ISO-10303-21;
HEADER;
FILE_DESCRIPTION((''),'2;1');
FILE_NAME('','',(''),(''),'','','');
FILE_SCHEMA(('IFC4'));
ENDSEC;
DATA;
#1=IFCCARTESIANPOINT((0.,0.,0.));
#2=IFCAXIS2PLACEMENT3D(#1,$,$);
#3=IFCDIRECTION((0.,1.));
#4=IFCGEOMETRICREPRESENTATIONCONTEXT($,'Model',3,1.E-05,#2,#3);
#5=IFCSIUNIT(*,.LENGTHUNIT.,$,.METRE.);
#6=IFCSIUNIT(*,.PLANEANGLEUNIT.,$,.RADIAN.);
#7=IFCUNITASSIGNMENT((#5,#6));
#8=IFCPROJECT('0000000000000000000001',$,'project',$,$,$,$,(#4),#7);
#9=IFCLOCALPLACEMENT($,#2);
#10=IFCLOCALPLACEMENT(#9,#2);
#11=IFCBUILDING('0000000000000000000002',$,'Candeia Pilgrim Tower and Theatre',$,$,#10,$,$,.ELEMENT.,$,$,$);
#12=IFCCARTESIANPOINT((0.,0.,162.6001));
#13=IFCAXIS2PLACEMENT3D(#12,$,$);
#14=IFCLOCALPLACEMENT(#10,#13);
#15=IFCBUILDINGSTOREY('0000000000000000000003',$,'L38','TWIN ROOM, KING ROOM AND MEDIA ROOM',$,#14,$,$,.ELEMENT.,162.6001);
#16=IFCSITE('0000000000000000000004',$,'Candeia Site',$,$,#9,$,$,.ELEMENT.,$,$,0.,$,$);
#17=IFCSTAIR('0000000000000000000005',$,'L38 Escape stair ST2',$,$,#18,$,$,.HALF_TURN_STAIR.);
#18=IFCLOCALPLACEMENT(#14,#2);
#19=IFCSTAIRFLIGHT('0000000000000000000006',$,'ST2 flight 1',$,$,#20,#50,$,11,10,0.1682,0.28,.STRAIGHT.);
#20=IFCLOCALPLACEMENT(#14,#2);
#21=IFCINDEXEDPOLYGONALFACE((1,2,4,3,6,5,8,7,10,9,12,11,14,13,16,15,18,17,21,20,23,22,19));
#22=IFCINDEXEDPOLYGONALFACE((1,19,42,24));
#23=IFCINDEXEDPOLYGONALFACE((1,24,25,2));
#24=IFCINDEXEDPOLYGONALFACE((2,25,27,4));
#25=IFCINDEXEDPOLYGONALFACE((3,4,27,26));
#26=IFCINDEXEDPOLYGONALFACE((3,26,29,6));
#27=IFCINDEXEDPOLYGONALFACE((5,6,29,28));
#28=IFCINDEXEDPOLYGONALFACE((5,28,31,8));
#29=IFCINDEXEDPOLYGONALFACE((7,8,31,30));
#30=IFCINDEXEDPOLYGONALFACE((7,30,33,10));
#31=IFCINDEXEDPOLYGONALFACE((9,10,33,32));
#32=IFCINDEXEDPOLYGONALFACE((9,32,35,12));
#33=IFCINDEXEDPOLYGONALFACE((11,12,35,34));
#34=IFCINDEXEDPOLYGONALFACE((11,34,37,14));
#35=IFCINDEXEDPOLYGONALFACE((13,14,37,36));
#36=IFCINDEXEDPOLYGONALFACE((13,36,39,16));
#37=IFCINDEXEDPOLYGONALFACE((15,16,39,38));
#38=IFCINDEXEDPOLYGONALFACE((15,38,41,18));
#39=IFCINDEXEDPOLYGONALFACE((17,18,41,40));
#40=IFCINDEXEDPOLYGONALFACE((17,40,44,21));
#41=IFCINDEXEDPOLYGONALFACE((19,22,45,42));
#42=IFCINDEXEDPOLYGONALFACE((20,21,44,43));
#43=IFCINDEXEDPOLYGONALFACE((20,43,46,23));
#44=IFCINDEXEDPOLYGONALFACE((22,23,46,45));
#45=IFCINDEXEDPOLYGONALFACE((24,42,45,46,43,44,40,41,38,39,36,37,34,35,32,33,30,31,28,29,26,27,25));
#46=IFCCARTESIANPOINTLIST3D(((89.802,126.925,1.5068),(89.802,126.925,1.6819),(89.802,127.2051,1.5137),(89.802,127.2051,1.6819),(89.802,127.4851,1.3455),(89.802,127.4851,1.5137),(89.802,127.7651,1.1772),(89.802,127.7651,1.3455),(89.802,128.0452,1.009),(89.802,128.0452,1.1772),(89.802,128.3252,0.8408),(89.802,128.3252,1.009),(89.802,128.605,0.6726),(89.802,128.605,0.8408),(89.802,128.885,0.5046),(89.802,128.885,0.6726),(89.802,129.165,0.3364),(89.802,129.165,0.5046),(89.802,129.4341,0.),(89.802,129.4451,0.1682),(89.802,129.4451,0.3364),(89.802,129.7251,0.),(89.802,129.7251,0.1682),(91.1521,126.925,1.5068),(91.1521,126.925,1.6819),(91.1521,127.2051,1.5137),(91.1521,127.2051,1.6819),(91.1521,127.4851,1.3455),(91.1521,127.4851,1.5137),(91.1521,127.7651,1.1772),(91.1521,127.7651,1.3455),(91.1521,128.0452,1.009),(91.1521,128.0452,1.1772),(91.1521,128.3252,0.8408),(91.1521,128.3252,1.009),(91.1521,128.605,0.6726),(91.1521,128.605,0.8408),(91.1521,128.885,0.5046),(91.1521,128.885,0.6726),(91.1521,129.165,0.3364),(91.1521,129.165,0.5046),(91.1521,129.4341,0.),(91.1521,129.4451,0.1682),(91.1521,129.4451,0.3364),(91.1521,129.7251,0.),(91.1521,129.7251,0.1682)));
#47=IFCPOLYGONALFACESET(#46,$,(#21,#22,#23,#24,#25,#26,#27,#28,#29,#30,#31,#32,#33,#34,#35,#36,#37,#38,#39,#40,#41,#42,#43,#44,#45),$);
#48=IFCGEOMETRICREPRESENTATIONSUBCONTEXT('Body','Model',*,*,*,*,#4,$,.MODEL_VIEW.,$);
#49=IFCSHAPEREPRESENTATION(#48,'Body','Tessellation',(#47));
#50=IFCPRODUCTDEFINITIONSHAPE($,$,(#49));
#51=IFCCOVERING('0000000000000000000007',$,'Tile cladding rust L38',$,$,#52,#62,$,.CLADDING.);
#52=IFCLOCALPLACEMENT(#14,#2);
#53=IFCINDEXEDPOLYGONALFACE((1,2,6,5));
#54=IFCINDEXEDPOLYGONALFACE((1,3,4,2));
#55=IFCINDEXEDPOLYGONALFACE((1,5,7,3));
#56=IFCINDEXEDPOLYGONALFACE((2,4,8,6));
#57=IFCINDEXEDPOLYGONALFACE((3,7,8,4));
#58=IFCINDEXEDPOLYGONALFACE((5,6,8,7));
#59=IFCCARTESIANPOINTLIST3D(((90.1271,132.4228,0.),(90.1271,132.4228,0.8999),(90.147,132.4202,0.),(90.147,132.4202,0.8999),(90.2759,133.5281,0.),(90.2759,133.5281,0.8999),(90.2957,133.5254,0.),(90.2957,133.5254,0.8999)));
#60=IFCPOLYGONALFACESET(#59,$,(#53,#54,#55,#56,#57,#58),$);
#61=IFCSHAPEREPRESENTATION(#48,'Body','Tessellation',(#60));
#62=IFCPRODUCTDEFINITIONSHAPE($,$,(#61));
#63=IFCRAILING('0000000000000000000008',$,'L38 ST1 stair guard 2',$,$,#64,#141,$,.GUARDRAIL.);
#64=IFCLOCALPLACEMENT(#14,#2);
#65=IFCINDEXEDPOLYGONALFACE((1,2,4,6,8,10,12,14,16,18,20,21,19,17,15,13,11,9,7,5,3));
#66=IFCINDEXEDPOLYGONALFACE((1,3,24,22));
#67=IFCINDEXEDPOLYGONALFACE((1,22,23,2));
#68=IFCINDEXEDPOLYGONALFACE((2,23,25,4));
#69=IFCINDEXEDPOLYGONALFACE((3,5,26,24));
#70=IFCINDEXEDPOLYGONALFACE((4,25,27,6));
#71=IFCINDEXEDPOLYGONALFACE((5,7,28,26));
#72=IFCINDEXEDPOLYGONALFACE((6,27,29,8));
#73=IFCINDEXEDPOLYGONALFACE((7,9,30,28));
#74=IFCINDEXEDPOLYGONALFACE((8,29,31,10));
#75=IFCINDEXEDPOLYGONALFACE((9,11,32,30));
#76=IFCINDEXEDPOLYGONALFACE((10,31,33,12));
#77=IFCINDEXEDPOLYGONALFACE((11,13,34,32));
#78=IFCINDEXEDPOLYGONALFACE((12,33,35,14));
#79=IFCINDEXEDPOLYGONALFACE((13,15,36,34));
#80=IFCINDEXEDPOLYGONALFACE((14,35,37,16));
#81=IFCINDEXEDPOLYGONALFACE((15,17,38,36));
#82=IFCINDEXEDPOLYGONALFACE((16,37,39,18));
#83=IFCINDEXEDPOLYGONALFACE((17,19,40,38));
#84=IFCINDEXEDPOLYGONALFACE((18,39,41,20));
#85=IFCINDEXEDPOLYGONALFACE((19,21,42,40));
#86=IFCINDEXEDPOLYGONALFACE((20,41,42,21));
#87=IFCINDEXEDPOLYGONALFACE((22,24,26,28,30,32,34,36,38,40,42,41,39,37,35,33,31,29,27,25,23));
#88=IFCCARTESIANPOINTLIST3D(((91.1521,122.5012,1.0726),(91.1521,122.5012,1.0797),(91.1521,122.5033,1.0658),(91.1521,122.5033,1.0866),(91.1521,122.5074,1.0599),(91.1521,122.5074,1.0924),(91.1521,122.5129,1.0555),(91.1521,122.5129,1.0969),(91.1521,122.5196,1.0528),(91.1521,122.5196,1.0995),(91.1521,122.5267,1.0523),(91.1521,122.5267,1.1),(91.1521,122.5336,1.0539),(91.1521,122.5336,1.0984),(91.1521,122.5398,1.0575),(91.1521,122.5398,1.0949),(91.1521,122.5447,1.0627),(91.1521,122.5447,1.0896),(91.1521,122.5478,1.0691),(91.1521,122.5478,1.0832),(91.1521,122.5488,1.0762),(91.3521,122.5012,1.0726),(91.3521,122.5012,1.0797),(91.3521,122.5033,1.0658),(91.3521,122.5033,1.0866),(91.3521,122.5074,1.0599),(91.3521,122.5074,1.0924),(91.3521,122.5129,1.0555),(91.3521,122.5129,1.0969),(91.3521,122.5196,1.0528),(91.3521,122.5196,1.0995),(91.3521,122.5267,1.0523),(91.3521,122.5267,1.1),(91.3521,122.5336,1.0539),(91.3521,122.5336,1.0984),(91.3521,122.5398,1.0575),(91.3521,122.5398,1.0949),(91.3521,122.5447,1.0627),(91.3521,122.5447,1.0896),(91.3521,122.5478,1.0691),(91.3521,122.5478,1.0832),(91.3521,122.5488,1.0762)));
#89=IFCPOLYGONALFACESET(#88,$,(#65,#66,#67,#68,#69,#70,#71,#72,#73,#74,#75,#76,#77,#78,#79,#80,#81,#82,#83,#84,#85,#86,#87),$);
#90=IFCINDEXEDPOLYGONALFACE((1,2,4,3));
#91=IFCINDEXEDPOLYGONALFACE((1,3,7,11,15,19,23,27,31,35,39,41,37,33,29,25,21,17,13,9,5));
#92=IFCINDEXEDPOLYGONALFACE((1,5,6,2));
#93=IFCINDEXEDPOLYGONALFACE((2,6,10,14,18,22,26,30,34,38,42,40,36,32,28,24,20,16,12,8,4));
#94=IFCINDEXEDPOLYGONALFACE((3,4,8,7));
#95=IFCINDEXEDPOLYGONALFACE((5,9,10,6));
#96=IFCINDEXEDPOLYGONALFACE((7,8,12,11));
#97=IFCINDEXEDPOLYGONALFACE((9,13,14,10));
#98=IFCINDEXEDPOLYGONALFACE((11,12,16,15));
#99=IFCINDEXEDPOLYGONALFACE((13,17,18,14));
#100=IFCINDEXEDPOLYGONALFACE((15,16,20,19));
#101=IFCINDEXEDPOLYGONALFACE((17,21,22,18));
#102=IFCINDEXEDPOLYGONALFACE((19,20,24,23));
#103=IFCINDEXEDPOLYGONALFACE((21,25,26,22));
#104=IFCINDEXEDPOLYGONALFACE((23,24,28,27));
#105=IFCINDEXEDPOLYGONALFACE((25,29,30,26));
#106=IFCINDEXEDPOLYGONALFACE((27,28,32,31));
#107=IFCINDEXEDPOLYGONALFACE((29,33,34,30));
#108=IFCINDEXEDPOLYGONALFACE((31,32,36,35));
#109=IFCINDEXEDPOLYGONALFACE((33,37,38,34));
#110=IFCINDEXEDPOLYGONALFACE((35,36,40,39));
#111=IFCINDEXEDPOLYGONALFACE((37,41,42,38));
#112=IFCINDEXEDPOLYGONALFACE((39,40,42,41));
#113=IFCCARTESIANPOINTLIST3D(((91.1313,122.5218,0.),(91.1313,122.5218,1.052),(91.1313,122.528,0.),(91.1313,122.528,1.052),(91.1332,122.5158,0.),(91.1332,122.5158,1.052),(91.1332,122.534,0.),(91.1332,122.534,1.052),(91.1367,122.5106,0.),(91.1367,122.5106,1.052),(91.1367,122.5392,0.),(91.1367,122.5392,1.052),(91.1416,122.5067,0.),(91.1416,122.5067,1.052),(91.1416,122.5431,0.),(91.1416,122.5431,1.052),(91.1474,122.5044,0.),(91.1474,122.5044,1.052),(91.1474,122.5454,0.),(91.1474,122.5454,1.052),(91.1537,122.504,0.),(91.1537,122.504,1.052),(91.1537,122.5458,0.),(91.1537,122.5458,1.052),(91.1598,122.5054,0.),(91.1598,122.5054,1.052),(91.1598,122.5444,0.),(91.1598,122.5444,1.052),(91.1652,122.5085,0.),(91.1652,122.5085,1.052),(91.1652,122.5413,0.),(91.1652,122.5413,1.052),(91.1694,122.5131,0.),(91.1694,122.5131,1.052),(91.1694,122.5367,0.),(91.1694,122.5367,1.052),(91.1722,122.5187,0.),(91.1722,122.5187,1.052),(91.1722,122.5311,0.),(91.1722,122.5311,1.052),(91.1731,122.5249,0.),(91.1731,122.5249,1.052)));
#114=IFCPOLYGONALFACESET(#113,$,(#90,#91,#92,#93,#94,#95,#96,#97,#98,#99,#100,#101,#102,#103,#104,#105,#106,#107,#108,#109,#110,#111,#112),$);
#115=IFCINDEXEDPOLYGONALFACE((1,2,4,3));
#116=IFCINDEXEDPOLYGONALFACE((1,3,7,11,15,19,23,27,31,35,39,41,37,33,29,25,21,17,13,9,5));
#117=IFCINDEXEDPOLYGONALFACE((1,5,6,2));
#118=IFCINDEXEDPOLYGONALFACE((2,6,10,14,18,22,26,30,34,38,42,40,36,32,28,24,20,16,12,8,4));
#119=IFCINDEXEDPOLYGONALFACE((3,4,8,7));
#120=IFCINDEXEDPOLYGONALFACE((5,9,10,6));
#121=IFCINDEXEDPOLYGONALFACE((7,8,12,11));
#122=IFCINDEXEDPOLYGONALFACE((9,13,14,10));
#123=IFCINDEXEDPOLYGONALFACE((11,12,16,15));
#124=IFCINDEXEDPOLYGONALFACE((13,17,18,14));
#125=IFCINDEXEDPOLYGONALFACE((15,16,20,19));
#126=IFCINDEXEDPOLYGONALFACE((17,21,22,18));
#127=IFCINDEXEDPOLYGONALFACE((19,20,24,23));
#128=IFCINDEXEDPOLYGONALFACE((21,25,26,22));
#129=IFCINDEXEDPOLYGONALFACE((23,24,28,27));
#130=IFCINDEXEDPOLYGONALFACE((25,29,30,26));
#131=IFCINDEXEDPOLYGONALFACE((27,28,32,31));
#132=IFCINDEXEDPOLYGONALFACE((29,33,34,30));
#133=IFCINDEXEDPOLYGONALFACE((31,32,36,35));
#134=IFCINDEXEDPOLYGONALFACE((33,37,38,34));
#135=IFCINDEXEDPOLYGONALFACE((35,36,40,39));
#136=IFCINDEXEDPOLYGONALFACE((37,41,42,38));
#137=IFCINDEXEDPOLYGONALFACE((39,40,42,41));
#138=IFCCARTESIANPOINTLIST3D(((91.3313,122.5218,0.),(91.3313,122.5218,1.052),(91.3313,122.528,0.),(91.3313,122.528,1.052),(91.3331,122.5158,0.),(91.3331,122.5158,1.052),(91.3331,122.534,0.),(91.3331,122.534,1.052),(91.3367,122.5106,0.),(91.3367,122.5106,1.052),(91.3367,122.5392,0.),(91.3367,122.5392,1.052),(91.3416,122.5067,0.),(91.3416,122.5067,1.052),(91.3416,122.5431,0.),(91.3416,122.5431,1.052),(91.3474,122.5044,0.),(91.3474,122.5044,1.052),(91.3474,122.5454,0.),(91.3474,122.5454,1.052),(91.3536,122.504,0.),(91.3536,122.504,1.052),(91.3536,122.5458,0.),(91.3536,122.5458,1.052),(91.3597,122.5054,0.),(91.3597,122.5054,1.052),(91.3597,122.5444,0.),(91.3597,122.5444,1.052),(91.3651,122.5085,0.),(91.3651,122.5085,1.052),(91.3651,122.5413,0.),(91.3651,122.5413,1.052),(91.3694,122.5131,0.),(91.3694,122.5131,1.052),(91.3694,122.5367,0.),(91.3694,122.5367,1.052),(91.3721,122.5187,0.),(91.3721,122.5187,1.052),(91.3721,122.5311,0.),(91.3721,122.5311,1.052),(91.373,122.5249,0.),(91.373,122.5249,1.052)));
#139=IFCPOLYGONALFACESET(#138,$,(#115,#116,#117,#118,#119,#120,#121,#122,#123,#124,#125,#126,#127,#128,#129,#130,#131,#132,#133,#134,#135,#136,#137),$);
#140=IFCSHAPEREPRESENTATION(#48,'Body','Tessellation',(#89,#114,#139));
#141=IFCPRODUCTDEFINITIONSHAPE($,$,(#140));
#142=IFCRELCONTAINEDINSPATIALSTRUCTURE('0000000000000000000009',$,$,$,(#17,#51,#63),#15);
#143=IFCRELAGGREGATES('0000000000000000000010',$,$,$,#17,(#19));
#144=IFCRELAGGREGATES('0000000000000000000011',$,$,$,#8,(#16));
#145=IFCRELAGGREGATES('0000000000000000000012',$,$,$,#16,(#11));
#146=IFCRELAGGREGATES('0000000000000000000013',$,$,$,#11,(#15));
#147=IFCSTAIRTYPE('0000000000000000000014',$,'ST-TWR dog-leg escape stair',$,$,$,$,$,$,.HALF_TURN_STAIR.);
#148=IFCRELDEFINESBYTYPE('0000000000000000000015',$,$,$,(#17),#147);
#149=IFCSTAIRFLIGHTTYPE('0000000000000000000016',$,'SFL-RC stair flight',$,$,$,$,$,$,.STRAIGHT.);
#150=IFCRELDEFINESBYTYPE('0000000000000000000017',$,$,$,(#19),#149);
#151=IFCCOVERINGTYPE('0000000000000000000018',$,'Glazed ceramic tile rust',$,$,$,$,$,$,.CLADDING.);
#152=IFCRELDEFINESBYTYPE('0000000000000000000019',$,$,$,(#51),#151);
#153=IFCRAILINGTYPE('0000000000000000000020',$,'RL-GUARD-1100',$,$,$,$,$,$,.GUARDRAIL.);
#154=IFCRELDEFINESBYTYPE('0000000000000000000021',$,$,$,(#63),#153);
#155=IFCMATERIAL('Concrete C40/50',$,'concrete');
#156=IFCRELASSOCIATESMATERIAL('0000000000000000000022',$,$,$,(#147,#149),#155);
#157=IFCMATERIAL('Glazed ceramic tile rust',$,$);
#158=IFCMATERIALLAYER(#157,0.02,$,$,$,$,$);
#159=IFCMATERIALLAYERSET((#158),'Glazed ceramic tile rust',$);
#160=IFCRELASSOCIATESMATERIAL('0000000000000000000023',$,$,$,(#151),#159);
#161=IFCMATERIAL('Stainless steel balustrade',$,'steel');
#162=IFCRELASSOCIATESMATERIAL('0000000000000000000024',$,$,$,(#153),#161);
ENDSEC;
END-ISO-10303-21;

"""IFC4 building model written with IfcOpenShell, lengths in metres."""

from ifc_helpers import new_model, si_unit, direction, frame, origin, origin_2d, place, context, subcontext, project, spatial, polyline, rectangle, circle, outline, extrude, material, layer, layer_set, type_object, element, aggregate, save


model = new_model("IFC4")

# Units and contexts
model_context = context("Model", 3, precision=1e-05, world=origin(), true_north=direction((0.0, 1.0)))
body_context = subcontext(model_context, "Body", "Model", "MODEL_VIEW")
ifc_project = project(units=[si_unit("LENGTHUNIT", "METRE"), si_unit("PLANEANGLEUNIT", "RADIAN")], contexts=[model_context])

# Site, building, storey
site_placement = place(None, origin())
site = spatial("IfcSite", under=ifc_project, at=site_placement, Name="Candeia Site", CompositionType="ELEMENT", RefElevation=0.0)
building_placement = place(site_placement, origin())
building = spatial("IfcBuilding", under=site, at=building_placement, Name="Candeia Pilgrim Tower and Theatre", CompositionType="ELEMENT")
storey_placement = place(building_placement, frame((0.0, 0.0, 162.6001)))
storey = spatial("IfcBuildingStorey", under=building, at=storey_placement, Name="L38", Description="TWIN ROOM, KING ROOM AND MEDIA ROOM", CompositionType="ELEMENT", Elevation=162.6001)

# Shared definitions
ifc_material_1 = material(Name="Concrete C40/50", Category="concrete")

# Shared definitions
stair_type = type_object("IfcStairType", Name="ST-TWR dog-leg escape stair", PredefinedType="HALF_TURN_STAIR", material=ifc_material_1)
stair_flight_type = type_object("IfcStairFlightType", Name="SFL-RC stair flight", PredefinedType="STRAIGHT", material=ifc_material_1)

# Stair, stair flight
stair_1_placement = place(storey_placement, origin())
stair_1 = element("IfcStair", 1, at=stair_1_placement, inside=storey, type_object=stair_type, Name="L38 Escape stair ST2", PredefinedType="HALF_TURN_STAIR")
stair_flight_1_placement = place(storey_placement, frame((90.4771, 129.7251, 0.0), z_axis=(0.0, 0.0, 1.0), x_axis=(0.0, -1.0, 0.0)))
stair_flight_1 = element("IfcStairFlight", 2, at=stair_flight_1_placement, type_object=stair_flight_type, Name="ST2 flight 1", NumberOfRisers=11, NumberOfTreads=10, PredefinedType="STRAIGHT", RiserHeight=0.1682, TreadLength=0.28, context=body_context, shape_type="SweptSolid", body=[
    extrude(outline(polyline([(0.0, 0.0), (0.0, 0.1682), (0.28, 0.1682), (0.28, 0.3364), (0.5601, 0.3364), (0.5601, 0.5046), (0.8401, 0.5046), (0.8401, 0.6726), (1.1201, 0.6726), (1.1201, 0.8408), (1.3999, 0.8408), (1.3999, 1.009), (1.6799, 1.009), (1.6799, 1.1772), (1.96, 1.1772), (1.96, 1.3455), (2.24, 1.3455), (2.24, 1.5137), (2.52, 1.5137), (2.52, 1.6819), (2.8, 1.6819), (2.8, 1.8501), (2.8, 1.5068), (0.291, 0.0), (0.0, 0.0)])), frame((0.0, 0.675, 0.0), z_axis=(0.0, -1.0, 0.0), x_axis=(1.0, 0.0, 0.0)), (0.0, 0.0, 1.0), 1.3501),
])
aggregate(stair_1, [stair_flight_1])

# Shared definitions
ifc_material_2 = material(Name="Stainless steel balustrade", Category="steel")

# Covering
ifc_material_3 = material(Name="Glazed ceramic tile rust")
ifc_layer_1 = layer(ifc_material_3, 0.02)
ifc_layer_set_1 = layer_set([ifc_layer_1], Name="Glazed ceramic tile rust")
covering_type = type_object("IfcCoveringType", Name="Glazed ceramic tile rust", PredefinedType="CLADDING", material=ifc_layer_set_1)
covering_placement = place(storey_placement, frame((90.2114, 132.9741, 0.0), z_axis=(0.0, 0.0, 1.0), x_axis=(-0.133412, -0.991061, 0.0)))
element("IfcCovering", 3, at=covering_placement, inside=storey, type_object=covering_type, Name="Tile cladding rust L38", PredefinedType="CLADDING", context=body_context, shape_type="SweptSolid", body=[
    extrude(rectangle(XDim=1.1152, YDim=0.02, at=origin_2d()), origin(), (0.0, 0.0, 1.0), 0.8999),
])

# Railing
railing_type_1 = type_object("IfcRailingType", Name="RL-GUARD-1100", PredefinedType="GUARDRAIL", material=ifc_material_2)
railing_1_placement = place(storey_placement, frame((91.1521, 122.5249, 0.0)))
element("IfcRailing", 4, at=railing_1_placement, inside=storey, type_object=railing_type_1, Name="L38 ST1 stair guard 2", PredefinedType="GUARDRAIL", context=body_context, shape_type="SweptSolid", body=[
    extrude(circle(Radius=0.0239, at=origin_2d()), frame((0.0, 0.0, 1.0762), z_axis=(1.0, 0.0, 0.0), x_axis=(0.0, 1.0, 0.0)), (0.0, 0.0, 1.0), 0.2),
    extrude(circle(Radius=0.021, at=origin_2d()), origin(), (0.0, 0.0, 1.0), 1.052),
    extrude(circle(Radius=0.021, at=origin_2d()), frame((0.2, 0.0, 0.0)), (0.0, 0.0, 1.0), 1.052),
])

save(model, "model.ifc")
